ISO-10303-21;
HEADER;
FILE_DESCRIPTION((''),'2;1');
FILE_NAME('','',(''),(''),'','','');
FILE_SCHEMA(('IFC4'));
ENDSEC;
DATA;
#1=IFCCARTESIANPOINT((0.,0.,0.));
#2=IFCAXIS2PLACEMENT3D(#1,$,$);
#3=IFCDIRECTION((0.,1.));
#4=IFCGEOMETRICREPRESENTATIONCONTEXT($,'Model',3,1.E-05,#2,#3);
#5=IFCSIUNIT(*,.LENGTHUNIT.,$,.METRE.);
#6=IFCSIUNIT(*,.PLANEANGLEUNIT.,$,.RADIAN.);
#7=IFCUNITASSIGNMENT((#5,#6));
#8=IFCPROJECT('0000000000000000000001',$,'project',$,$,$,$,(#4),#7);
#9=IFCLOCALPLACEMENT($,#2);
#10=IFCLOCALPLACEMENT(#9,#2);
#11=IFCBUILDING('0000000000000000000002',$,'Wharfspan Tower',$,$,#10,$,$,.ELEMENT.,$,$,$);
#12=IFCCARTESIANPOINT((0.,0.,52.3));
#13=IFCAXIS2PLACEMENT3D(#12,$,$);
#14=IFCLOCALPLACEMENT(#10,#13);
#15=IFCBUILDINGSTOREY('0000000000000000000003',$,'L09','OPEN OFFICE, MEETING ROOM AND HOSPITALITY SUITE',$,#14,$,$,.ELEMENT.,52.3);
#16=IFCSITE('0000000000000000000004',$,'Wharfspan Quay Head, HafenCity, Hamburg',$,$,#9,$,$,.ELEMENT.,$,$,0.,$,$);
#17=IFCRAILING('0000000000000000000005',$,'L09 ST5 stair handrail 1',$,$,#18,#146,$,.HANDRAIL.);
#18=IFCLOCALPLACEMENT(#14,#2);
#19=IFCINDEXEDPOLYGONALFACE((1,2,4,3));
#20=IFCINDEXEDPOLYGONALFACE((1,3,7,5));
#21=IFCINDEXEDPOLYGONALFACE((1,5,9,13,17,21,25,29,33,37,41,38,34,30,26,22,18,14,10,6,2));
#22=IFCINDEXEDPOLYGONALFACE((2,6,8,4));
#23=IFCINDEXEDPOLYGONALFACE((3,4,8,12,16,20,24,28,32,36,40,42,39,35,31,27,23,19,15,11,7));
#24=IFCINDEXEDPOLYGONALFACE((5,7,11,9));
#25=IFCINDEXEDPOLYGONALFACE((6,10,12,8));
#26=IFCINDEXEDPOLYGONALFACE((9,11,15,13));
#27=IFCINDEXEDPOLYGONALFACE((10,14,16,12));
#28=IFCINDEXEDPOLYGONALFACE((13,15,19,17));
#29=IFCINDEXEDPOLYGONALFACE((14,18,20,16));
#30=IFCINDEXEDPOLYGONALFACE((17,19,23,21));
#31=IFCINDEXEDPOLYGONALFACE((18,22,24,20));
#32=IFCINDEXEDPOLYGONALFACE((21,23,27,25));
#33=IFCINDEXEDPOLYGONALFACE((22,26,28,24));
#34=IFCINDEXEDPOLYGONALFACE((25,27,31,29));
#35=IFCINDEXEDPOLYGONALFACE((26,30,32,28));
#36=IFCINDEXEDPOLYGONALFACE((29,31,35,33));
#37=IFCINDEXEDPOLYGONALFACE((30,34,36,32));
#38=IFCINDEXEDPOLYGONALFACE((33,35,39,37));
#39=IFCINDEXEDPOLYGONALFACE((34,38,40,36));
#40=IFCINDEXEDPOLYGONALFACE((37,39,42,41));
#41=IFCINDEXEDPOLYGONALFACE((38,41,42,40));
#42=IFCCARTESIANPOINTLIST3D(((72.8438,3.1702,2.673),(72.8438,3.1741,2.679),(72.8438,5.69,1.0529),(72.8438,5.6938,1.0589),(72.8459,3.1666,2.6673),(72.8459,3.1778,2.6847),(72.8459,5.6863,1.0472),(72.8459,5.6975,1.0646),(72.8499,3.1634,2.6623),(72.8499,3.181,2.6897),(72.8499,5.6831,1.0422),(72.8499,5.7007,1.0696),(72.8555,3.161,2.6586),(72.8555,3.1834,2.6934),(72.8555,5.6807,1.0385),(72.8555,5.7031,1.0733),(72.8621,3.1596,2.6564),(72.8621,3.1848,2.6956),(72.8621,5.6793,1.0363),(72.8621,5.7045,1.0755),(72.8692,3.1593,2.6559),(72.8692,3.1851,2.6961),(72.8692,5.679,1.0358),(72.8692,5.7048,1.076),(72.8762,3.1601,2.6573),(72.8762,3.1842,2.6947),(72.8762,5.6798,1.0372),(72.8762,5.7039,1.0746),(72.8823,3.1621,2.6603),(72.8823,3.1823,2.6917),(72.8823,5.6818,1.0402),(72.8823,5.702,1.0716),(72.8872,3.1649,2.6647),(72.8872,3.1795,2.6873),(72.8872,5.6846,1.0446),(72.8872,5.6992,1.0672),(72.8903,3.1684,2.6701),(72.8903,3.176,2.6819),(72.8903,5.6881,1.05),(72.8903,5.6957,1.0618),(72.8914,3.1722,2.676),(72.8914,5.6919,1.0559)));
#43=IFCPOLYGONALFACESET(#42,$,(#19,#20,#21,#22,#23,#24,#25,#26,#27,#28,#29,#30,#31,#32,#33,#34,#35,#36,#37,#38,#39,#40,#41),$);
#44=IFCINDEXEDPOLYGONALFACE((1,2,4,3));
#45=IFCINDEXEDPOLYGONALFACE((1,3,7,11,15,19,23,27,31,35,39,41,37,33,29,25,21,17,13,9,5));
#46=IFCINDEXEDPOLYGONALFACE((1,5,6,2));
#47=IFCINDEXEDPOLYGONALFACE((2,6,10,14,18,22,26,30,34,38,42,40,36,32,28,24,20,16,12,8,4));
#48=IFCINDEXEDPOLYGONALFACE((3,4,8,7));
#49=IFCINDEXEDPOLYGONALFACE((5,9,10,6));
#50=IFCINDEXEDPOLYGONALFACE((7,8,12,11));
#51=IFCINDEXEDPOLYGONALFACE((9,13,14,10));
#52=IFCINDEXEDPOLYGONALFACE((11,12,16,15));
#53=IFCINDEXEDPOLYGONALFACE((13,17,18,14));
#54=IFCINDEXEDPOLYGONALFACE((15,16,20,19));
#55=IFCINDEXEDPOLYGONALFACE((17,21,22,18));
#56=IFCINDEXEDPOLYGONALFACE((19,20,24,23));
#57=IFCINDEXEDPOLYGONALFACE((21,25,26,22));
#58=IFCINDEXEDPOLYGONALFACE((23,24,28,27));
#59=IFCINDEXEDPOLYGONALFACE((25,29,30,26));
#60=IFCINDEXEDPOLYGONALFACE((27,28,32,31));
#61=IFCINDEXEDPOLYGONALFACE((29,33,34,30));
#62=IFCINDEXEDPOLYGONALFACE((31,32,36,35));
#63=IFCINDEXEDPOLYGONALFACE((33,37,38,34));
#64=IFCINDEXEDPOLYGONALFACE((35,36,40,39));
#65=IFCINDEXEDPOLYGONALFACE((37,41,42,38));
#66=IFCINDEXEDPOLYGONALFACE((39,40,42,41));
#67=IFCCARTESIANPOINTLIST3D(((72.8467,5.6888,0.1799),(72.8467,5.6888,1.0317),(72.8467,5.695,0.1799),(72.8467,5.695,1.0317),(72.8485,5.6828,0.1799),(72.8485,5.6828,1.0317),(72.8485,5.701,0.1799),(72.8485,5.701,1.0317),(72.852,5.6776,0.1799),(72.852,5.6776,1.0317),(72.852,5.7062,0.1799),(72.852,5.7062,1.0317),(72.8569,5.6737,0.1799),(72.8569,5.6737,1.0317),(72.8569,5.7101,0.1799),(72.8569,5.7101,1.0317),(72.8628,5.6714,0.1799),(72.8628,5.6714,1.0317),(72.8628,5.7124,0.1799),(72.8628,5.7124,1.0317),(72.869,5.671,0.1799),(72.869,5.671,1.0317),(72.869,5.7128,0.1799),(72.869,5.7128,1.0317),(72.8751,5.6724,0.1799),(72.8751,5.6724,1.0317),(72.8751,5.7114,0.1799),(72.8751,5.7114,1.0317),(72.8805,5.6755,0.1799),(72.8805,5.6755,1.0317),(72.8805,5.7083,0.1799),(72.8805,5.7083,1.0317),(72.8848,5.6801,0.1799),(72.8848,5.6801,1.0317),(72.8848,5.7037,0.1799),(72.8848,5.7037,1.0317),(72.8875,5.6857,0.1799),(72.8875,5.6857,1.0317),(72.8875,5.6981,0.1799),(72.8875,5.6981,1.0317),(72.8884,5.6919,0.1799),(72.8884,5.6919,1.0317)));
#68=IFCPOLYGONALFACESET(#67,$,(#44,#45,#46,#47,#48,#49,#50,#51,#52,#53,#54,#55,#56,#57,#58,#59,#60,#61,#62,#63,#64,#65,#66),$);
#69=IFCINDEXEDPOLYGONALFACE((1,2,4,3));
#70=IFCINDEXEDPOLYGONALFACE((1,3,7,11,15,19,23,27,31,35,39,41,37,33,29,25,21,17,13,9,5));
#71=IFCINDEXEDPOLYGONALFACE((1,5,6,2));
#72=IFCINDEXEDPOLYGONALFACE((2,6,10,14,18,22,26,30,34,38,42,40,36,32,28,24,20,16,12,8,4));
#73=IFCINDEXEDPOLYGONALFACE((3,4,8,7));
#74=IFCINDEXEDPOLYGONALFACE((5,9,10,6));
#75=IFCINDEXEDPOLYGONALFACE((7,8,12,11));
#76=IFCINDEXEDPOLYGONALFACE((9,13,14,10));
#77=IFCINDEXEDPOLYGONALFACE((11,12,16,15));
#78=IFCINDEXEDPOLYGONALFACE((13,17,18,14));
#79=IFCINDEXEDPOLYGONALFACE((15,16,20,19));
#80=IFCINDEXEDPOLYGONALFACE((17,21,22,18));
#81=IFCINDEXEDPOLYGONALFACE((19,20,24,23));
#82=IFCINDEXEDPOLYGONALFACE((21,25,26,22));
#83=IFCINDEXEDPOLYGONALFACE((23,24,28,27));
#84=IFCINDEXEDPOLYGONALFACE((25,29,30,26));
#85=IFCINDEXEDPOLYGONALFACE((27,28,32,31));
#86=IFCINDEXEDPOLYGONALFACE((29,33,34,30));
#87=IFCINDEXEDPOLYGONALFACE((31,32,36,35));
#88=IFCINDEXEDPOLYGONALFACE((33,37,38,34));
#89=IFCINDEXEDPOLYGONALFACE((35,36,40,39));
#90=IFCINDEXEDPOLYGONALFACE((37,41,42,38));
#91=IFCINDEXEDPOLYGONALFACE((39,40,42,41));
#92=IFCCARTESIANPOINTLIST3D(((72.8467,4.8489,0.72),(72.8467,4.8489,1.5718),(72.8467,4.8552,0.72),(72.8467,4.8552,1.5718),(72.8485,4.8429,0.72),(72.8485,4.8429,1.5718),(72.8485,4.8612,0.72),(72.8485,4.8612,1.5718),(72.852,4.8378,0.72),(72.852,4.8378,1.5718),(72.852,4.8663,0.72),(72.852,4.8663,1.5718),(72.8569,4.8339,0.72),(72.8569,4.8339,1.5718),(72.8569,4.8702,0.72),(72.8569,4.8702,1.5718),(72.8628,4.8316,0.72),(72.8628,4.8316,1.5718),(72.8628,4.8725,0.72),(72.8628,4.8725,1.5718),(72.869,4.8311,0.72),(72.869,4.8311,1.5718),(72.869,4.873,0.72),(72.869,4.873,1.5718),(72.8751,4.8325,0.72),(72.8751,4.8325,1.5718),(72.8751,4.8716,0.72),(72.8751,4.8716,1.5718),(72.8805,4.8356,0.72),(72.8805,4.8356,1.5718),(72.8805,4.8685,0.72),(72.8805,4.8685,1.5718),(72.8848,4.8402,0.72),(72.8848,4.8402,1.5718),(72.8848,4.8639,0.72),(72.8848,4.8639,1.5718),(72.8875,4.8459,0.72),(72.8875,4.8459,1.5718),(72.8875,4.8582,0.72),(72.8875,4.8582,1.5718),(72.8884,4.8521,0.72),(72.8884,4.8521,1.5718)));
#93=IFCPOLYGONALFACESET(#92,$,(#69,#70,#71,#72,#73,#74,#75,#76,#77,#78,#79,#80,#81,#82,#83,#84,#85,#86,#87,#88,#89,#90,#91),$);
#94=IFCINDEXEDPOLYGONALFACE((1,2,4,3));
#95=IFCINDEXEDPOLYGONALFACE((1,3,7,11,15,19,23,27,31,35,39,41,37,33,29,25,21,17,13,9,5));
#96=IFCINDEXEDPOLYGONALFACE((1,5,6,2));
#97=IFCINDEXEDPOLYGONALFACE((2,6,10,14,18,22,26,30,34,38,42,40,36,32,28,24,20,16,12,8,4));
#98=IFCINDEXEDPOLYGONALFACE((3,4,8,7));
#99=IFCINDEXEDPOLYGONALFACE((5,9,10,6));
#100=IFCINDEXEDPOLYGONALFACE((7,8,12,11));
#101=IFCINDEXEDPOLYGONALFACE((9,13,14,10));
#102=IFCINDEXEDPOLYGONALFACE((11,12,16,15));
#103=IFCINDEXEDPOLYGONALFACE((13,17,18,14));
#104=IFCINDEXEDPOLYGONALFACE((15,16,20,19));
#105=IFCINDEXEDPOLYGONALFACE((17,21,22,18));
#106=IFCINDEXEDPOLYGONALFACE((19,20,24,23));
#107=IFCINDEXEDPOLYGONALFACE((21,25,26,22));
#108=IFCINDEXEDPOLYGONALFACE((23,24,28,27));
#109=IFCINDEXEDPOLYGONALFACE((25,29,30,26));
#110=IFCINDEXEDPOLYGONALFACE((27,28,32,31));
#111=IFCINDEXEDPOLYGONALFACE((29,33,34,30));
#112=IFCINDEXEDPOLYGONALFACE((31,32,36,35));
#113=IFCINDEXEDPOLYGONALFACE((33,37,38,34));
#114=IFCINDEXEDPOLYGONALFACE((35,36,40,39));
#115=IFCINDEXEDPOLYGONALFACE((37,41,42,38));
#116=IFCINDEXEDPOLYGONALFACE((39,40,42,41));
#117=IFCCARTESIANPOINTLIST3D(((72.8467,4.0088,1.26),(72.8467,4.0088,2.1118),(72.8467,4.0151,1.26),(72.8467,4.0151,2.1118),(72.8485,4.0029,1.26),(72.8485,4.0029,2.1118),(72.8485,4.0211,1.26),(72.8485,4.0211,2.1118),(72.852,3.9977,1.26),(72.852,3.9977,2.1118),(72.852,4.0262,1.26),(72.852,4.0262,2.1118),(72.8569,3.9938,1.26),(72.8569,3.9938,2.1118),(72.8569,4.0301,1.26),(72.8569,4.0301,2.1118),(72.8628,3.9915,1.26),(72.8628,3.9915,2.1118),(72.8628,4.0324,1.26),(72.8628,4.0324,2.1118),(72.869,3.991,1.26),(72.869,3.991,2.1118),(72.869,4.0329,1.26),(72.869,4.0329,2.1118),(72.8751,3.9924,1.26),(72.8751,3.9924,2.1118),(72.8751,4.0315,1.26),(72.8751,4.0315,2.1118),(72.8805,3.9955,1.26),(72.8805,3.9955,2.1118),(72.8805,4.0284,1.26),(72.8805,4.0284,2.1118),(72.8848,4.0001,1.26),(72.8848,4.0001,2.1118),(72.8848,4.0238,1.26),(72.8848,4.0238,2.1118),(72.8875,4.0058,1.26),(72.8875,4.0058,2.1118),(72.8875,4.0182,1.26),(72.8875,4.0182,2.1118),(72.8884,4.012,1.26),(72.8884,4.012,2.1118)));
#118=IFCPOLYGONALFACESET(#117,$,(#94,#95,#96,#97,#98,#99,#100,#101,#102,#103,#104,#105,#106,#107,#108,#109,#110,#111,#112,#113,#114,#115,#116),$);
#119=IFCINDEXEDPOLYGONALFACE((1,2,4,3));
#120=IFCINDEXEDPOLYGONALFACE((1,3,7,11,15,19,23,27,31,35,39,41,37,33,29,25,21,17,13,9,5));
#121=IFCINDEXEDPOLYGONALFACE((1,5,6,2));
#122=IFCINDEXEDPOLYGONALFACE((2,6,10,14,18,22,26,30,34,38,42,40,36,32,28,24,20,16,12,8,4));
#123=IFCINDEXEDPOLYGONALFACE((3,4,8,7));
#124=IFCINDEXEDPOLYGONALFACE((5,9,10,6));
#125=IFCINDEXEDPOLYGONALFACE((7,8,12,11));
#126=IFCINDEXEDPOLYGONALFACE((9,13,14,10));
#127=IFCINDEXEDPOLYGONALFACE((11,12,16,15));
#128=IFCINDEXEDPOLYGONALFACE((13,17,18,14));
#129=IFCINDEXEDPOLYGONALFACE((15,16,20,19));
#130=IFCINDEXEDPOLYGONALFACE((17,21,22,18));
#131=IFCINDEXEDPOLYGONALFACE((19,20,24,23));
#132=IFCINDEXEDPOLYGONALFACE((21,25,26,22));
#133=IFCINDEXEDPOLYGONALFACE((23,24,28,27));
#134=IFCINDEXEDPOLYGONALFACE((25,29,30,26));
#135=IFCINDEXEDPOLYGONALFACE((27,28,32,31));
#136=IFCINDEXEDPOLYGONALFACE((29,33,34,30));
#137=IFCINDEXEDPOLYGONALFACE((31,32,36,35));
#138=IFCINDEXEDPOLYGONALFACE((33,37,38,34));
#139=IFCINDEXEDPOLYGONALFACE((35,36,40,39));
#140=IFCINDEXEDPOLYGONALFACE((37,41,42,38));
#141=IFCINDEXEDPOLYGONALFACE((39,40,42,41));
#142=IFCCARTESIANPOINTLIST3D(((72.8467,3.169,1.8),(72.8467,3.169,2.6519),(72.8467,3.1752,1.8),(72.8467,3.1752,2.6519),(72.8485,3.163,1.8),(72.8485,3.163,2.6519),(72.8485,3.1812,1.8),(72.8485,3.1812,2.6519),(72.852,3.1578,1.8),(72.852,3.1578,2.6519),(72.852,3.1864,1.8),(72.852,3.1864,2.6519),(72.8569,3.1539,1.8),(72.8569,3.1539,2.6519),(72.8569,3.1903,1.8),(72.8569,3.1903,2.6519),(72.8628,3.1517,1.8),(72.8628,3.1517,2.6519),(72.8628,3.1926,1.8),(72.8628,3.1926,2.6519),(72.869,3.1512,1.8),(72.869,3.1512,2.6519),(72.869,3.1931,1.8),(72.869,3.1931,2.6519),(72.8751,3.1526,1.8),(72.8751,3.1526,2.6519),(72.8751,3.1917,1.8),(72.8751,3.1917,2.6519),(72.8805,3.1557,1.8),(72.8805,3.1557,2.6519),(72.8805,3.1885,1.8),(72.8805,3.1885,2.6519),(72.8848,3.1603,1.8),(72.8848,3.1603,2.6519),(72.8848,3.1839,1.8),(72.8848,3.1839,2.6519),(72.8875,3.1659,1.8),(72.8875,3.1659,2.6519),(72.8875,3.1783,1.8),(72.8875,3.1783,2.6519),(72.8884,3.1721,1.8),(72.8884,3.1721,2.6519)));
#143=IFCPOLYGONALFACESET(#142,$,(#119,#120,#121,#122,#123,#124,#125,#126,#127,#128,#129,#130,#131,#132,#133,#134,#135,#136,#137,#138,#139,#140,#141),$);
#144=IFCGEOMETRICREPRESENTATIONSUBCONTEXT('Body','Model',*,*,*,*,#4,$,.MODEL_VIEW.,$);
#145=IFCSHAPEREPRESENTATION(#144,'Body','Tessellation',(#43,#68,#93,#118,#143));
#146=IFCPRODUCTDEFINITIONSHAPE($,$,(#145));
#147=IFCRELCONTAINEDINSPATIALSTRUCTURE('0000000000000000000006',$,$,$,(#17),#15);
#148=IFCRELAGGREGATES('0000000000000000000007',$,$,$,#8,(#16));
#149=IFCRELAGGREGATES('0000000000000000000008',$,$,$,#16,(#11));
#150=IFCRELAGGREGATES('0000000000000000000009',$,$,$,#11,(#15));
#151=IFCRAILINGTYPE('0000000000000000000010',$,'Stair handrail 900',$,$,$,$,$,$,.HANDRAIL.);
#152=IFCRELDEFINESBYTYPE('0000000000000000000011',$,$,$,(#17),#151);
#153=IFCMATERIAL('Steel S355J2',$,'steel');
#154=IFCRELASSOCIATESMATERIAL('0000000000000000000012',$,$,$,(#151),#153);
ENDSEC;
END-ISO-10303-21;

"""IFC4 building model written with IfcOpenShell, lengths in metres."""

from ifc_helpers import new_model, si_unit, direction, frame, origin, origin_2d, place, context, subcontext, project, spatial, circle, extrude, material, type_object, element, save


model = new_model("IFC4")

# Units and contexts
model_context = context("Model", 3, precision=1e-05, world=origin(), true_north=direction((0.0, 1.0)))
body_context = subcontext(model_context, "Body", "Model", "MODEL_VIEW")
ifc_project = project(units=[si_unit("LENGTHUNIT", "METRE"), si_unit("PLANEANGLEUNIT", "RADIAN")], contexts=[model_context])

# Site, building, storey
site_placement = place(None, origin())
site = spatial("IfcSite", under=ifc_project, at=site_placement, Name="Wharfspan Quay Head, HafenCity, Hamburg", CompositionType="ELEMENT", RefElevation=0.0)
building_placement = place(site_placement, origin())
building = spatial("IfcBuilding", under=site, at=building_placement, Name="Wharfspan Tower", CompositionType="ELEMENT")
storey_placement = place(building_placement, frame((0.0, 0.0, 52.3)))
storey = spatial("IfcBuildingStorey", under=building, at=storey_placement, Name="L09", Description="OPEN OFFICE, MEETING ROOM AND HOSPITALITY SUITE", CompositionType="ELEMENT", Elevation=52.3)

# Railing
ifc_material_1 = material(Name="Steel S355J2", Category="steel")
railing_type_1 = type_object("IfcRailingType", Name="Stair handrail 900", PredefinedType="HANDRAIL", material=ifc_material_1)
railing_1_placement = place(storey_placement, frame((72.8674, 5.6919, 0.1799)))
element("IfcRailing", 1, at=railing_1_placement, inside=storey, type_object=railing_type_1, Name="L09 ST5 stair handrail 1", PredefinedType="HANDRAIL", context=body_context, shape_type="SweptSolid", body=[
    extrude(circle(Radius=0.0239, at=origin_2d()), frame((0.0, 0.0, 0.876), z_axis=(0.0, -0.841139, 0.540819), x_axis=(1.0, 0.0, 0.0)), (0.0, 0.0, 1.0), 2.9956),
    extrude(circle(Radius=0.021, at=origin_2d()), origin(), (0.0, 0.0, 1.0), 0.8518),
    extrude(circle(Radius=0.021, at=origin_2d()), frame((0.0, -0.8398, 0.54)), (0.0, 0.0, 1.0), 0.8518),
    extrude(circle(Radius=0.021, at=origin_2d()), frame((0.0, -1.6799, 1.0801)), (0.0, 0.0, 1.0), 0.8518),
    extrude(circle(Radius=0.021, at=origin_2d()), frame((0.0, -2.5198, 1.6201)), (0.0, 0.0, 1.0), 0.8518),
])

save(model, "model.ifc")
